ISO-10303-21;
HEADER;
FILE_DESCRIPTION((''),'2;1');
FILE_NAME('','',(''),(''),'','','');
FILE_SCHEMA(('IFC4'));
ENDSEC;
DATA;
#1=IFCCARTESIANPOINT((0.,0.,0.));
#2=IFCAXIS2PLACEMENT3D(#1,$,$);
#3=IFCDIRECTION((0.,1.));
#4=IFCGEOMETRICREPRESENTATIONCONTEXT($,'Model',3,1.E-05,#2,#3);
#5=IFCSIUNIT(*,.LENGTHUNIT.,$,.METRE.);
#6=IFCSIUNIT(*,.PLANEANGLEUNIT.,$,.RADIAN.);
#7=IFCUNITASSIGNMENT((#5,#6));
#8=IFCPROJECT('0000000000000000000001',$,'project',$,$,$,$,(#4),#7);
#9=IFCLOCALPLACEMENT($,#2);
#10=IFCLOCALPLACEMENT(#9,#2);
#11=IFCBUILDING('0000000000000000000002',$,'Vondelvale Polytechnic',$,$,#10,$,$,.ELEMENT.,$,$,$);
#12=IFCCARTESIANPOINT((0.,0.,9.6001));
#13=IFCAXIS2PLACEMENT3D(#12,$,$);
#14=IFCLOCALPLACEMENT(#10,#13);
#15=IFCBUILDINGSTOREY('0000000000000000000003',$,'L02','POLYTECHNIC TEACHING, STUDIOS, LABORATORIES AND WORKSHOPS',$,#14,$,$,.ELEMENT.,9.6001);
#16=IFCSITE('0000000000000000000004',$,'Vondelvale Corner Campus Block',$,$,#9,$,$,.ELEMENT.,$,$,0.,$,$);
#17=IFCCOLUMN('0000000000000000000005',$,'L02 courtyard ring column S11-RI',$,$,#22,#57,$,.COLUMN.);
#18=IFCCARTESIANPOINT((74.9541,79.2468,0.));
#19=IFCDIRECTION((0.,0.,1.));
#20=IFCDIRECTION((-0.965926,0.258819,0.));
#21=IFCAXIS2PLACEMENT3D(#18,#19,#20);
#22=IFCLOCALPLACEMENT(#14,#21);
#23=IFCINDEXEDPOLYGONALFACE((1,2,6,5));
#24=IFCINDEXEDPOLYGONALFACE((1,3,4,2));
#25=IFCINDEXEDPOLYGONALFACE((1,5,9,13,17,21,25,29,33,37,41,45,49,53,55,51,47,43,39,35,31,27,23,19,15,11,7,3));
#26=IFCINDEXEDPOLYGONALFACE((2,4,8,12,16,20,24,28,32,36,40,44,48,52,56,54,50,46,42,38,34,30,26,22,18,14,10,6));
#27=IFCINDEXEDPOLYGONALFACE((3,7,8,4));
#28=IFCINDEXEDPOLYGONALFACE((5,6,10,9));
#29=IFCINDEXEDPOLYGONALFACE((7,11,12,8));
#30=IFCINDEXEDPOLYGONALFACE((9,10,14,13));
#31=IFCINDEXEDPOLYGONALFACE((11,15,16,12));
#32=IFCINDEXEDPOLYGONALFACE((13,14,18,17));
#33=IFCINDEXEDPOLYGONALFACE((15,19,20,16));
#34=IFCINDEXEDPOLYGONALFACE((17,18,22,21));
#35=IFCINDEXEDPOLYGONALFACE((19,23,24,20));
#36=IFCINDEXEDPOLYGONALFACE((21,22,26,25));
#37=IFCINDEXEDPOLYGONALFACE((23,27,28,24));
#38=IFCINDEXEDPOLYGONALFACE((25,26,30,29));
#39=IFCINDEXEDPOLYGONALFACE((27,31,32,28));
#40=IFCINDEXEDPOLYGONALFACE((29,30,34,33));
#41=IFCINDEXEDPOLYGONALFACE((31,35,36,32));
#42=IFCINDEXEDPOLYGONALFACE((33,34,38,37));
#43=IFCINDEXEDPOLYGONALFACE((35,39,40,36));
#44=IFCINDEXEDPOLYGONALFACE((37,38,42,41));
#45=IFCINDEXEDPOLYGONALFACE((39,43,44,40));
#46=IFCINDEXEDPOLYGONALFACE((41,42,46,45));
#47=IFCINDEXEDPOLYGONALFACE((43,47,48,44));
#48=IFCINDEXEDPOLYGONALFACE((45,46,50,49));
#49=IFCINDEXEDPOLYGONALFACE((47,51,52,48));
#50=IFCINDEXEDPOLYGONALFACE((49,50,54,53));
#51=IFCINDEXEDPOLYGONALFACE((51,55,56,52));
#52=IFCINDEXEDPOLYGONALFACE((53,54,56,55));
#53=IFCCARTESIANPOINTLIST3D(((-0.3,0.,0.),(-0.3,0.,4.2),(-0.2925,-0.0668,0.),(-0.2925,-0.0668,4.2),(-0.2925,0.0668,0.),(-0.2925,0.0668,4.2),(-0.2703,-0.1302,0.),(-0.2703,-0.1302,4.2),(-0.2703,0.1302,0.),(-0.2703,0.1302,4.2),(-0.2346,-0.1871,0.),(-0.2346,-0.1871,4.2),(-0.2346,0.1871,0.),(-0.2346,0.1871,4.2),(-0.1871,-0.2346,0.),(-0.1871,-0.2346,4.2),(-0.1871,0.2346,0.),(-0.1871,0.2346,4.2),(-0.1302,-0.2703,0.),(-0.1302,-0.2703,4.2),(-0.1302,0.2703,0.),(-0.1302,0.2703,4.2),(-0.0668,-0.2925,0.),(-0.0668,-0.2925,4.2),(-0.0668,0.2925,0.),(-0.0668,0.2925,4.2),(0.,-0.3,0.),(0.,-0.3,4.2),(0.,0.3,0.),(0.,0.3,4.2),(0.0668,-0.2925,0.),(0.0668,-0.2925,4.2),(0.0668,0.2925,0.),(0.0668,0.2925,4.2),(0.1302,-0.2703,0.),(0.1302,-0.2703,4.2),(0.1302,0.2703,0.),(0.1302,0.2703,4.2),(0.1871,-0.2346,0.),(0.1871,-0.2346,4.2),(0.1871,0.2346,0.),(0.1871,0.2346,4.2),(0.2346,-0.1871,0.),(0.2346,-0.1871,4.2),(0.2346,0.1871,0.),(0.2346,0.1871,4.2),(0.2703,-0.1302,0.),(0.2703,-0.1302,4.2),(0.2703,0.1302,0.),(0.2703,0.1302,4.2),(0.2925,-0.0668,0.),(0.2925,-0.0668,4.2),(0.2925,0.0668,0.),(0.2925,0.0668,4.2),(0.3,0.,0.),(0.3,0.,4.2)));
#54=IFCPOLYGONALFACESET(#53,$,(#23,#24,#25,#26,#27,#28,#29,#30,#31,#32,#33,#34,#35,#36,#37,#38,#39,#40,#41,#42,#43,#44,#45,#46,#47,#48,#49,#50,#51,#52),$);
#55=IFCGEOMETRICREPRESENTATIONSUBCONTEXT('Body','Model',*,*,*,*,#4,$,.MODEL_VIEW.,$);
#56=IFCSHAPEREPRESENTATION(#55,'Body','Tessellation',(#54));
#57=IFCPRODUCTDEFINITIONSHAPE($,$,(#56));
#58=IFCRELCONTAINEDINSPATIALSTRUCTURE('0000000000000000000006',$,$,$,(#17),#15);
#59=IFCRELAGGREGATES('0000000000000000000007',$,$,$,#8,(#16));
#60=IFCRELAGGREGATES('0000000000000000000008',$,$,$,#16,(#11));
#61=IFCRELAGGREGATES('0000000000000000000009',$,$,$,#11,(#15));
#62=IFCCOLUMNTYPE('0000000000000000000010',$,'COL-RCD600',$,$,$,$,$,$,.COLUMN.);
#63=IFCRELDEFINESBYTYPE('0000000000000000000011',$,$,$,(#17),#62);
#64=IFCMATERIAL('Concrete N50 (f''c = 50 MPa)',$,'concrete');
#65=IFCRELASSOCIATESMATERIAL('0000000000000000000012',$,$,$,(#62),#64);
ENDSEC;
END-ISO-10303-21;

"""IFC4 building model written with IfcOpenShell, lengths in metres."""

from ifc_helpers import new_model, si_unit, direction, frame, origin, origin_2d, place, context, subcontext, project, spatial, circle, extrude, material, material_profile, profile_set, type_object, element, save


model = new_model("IFC4")

# Units and contexts
model_context = context("Model", 3, precision=1e-05, world=origin(), true_north=direction((0.0, 1.0)))
body_context = subcontext(model_context, "Body", "Model", "MODEL_VIEW")
ifc_project = project(units=[si_unit("LENGTHUNIT", "METRE"), si_unit("PLANEANGLEUNIT", "RADIAN")], contexts=[model_context])

# Site, building, storey
site_placement = place(None, origin())
site = spatial("IfcSite", under=ifc_project, at=site_placement, Name="Vondelvale Corner Campus Block", CompositionType="ELEMENT", RefElevation=0.0)
building_placement = place(site_placement, origin())
building = spatial("IfcBuilding", under=site, at=building_placement, Name="Vondelvale Polytechnic", CompositionType="ELEMENT")
storey_placement = place(building_placement, frame((0.0, 0.0, 9.6001)))
storey = spatial("IfcBuildingStorey", under=building, at=storey_placement, Name="L02", Description="POLYTECHNIC TEACHING, STUDIOS, LABORATORIES AND WORKSHOPS", CompositionType="ELEMENT", Elevation=9.6001)

# Column
ifc_material_1 = material(Name="Concrete N50 (f'c = 50 MPa)", Category="concrete")
ifc_material_profile_1 = material_profile(ifc_material_1, circle(Radius=0.3, at=origin_2d()), Name="RC-COL-D600")
ifc_profile_set_1 = profile_set([ifc_material_profile_1], Name="Concrete N50 (f'c = 50 MPa)")
column_type = type_object("IfcColumnType", Name="COL-RCD600", PredefinedType="COLUMN", material=ifc_profile_set_1)
column_placement = place(storey_placement, frame((74.9541, 79.2468, 0.0), z_axis=(0.0, 0.0, 1.0), x_axis=(-0.965926, 0.258819, 0.0)))
element("IfcColumn", 1, at=column_placement, inside=storey, type_object=column_type, Name="L02 courtyard ring column S11-RI", PredefinedType="COLUMN", context=body_context, shape_type="SweptSolid", body=[
    extrude(circle(Radius=0.3, at=origin_2d()), origin(), (0.0, 0.0, 1.0), 4.2),
])

save(model, "model.ifc")
